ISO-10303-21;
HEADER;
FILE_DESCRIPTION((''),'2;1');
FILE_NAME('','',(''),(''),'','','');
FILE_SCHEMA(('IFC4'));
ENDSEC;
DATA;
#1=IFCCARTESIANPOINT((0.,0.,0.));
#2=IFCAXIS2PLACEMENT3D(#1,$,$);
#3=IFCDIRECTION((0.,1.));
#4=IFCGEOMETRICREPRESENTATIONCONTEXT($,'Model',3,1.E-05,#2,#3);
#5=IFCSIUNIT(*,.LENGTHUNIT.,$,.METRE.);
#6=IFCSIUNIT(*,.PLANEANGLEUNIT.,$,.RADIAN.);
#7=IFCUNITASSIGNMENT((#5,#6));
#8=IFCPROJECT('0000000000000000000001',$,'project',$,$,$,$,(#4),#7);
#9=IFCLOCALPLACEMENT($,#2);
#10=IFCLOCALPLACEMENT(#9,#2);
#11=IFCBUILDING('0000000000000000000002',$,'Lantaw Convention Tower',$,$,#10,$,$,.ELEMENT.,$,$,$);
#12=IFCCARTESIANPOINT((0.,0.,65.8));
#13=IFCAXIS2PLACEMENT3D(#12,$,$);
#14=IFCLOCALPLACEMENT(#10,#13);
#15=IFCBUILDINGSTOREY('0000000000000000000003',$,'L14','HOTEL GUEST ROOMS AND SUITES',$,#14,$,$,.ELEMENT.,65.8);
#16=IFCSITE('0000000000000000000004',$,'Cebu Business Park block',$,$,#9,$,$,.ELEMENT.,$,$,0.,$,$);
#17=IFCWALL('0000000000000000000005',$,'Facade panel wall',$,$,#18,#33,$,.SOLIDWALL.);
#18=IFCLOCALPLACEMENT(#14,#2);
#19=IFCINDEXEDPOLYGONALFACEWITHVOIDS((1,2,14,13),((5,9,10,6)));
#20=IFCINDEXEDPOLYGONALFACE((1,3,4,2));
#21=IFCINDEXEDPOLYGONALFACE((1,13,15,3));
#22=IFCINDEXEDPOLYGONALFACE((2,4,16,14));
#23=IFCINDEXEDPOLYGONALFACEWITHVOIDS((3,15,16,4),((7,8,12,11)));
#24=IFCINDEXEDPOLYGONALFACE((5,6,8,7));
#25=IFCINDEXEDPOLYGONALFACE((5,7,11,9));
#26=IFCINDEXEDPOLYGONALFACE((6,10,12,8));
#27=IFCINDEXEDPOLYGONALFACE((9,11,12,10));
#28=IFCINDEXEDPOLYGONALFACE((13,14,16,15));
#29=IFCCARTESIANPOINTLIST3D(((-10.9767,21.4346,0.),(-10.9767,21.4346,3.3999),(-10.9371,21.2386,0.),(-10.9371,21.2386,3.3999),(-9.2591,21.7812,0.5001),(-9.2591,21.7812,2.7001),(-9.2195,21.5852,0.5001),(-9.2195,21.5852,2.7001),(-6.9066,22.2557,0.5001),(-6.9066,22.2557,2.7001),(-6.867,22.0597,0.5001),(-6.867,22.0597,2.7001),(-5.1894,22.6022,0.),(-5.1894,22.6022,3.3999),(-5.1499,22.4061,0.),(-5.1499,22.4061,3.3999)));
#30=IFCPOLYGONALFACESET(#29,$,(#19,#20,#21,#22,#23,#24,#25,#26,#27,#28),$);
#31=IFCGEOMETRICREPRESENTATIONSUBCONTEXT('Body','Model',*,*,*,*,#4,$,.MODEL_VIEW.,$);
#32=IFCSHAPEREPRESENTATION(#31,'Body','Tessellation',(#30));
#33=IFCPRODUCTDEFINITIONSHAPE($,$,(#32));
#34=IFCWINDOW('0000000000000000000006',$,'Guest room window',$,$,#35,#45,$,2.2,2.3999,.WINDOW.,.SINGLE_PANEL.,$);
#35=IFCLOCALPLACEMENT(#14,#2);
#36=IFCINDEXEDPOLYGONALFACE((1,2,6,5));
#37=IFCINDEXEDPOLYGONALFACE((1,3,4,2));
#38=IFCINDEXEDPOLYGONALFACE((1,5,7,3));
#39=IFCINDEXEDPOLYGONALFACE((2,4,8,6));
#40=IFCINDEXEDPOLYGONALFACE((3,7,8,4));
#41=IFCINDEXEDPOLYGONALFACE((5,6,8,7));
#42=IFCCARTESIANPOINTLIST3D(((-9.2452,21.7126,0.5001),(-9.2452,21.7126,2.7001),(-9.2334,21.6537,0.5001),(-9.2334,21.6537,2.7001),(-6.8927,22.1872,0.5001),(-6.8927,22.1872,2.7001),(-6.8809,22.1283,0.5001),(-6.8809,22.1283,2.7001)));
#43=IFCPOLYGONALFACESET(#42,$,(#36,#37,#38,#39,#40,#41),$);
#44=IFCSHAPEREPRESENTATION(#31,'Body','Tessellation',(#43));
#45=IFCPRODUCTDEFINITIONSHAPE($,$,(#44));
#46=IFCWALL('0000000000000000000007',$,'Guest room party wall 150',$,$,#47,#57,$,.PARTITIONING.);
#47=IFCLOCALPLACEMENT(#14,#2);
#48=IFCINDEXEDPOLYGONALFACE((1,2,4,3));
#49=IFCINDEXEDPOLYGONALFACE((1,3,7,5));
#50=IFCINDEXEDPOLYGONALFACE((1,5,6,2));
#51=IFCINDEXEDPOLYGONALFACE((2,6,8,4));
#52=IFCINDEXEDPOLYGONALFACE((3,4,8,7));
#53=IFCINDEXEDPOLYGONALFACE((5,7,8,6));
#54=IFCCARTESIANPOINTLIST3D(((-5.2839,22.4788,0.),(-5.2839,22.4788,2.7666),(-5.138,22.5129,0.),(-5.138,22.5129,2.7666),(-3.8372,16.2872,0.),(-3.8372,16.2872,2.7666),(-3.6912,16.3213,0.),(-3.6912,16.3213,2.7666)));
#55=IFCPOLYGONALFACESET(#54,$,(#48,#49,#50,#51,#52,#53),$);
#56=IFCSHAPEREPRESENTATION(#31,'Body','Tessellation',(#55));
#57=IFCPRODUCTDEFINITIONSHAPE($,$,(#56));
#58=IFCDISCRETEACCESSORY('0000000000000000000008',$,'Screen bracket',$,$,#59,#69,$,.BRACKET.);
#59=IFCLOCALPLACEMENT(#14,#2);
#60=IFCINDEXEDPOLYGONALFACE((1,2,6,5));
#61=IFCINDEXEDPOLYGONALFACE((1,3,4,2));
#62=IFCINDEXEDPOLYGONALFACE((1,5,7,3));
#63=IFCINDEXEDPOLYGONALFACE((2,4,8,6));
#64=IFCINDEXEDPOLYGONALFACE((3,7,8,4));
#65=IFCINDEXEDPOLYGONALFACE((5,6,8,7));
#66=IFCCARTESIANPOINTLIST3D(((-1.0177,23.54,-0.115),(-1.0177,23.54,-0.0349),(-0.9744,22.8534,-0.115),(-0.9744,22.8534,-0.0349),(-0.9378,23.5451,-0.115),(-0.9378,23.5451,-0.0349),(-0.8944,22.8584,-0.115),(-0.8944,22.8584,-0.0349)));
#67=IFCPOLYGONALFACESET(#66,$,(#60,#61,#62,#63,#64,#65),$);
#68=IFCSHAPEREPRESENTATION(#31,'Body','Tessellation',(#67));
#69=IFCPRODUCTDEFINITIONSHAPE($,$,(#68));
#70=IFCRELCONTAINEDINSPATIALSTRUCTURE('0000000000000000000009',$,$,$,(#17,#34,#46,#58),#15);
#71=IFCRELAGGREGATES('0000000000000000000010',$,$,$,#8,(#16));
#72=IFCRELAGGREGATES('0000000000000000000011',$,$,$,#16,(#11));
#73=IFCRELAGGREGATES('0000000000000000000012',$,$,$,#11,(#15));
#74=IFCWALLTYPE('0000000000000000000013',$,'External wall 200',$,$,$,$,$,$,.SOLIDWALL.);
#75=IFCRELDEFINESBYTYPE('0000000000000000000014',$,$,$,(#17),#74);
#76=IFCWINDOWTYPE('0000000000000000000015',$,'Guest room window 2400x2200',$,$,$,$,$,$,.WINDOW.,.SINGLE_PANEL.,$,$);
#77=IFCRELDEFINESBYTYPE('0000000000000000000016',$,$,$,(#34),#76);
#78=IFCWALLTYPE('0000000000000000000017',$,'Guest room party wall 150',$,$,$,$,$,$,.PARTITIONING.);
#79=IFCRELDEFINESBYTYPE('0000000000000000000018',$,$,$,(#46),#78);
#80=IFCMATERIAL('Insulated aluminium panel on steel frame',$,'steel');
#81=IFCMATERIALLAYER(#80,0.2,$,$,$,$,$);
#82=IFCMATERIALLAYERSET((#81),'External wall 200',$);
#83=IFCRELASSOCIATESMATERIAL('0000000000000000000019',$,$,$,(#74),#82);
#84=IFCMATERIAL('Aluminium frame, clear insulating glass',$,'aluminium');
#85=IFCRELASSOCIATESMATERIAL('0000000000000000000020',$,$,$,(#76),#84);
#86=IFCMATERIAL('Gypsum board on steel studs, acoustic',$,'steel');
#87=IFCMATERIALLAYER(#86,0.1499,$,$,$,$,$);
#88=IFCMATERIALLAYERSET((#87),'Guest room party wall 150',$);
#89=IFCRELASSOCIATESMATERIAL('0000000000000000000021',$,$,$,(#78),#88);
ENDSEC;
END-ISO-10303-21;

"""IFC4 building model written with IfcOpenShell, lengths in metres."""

from ifc_helpers import new_model, si_unit, direction, frame, frame_2d, origin, origin_2d, place, context, subcontext, project, spatial, rectangle, extrude, material, layer, layer_set, type_object, element, fill, save


model = new_model("IFC4")

# Units and contexts
model_context = context("Model", 3, precision=1e-05, world=origin(), true_north=direction((0.0, 1.0)))
body_context = subcontext(model_context, "Body", "Model", "MODEL_VIEW")
ifc_project = project(units=[si_unit("LENGTHUNIT", "METRE"), si_unit("PLANEANGLEUNIT", "RADIAN")], contexts=[model_context])

# Site, building, storey
site_placement = place(None, origin())
site = spatial("IfcSite", under=ifc_project, at=site_placement, Name="Cebu Business Park block", CompositionType="ELEMENT", RefElevation=0.0)
building_placement = place(site_placement, origin())
building = spatial("IfcBuilding", under=site, at=building_placement, Name="Lantaw Convention Tower", CompositionType="ELEMENT")
storey_placement = place(building_placement, frame((0.0, 0.0, 65.8)))
storey = spatial("IfcBuildingStorey", under=building, at=storey_placement, Name="L14", Description="HOTEL GUEST ROOMS AND SUITES", CompositionType="ELEMENT", Elevation=65.8)

# Wall, opening, window
ifc_material_1 = material(Name="Insulated aluminium panel on steel frame", Category="steel")
ifc_layer_1 = layer(ifc_material_1, 0.2)
ifc_layer_set_1 = layer_set([ifc_layer_1], Name="External wall 200")
wall_type_1 = type_object("IfcWallType", Name="External wall 200", PredefinedType="SOLIDWALL", material=ifc_layer_set_1)
wall_1_placement = place(storey_placement, frame((-5.1697, 22.5042, 0.0), z_axis=(0.0, 0.0, 1.0), x_axis=(-0.980252, -0.197754, 0.0)))
wall_1 = element("IfcWall", 1, at=wall_1_placement, inside=storey, type_object=wall_type_1, Name="Facade panel wall", PredefinedType="SOLIDWALL", context=body_context, shape_type="SweptSolid", body=[
    extrude(rectangle(XDim=5.9038, YDim=0.2, at=frame_2d((2.9519, 0.0))), origin(), (0.0, 0.0, 1.0), 3.3999),
])
opening_1_placement = place(wall_1_placement, frame((1.7517, 0.0, 0.5)))
opening_1 = element("IfcOpeningElement", 2, at=opening_1_placement, cuts=wall_1, PredefinedType="OPENING", context=body_context, shape_type="SweptSolid", body=[
    extrude(rectangle(XDim=2.3999, YDim=2.2, at=frame_2d((1.2, 1.1001))), frame((0.0, 0.1099, 0.0), z_axis=(0.0, -1.0, 0.0), x_axis=(1.0, 0.0, 0.0)), (0.0, 0.0, 1.0), 0.22),
])
ifc_material_2 = material(Name="Aluminium frame, clear insulating glass", Category="aluminium")
window_type = type_object("IfcWindowType", Name="Guest room window 2400x2200", PartitioningType="SINGLE_PANEL", PredefinedType="WINDOW", material=ifc_material_2)
window_placement = place(opening_1_placement, origin())
window = element("IfcWindow", 3, at=window_placement, inside=storey, type_object=window_type, Name="Guest room window", OverallHeight=2.2, OverallWidth=2.3999, PartitioningType="SINGLE_PANEL", PredefinedType="WINDOW", context=body_context, shape_type="SweptSolid", body=[
    extrude(rectangle(XDim=2.3999, YDim=2.2, at=frame_2d((1.2, 1.1001))), frame((0.0, 0.03, 0.0), z_axis=(0.0, -1.0, 0.0), x_axis=(1.0, 0.0, 0.0)), (0.0, 0.0, 1.0), 0.0601),
])
fill(opening_1, window)

# Wall
ifc_material_3 = material(Name="Gypsum board on steel studs, acoustic", Category="steel")
ifc_layer_2 = layer(ifc_material_3, 0.1499)
ifc_layer_set_2 = layer_set([ifc_layer_2], Name="Guest room party wall 150")
wall_type_2 = type_object("IfcWallType", Name="Guest room party wall 150", PredefinedType="PARTITIONING", material=ifc_layer_set_2)
wall_2_placement = place(storey_placement, frame((-5.2109, 22.4958, 0.0), z_axis=(0.0, 0.0, 1.0), x_axis=(0.227537, -0.97377, 0.0)))
element("IfcWall", 4, at=wall_2_placement, inside=storey, type_object=wall_type_2, Name="Guest room party wall 150", PredefinedType="PARTITIONING", context=body_context, shape_type="SweptSolid", body=[
    extrude(rectangle(XDim=6.3584, YDim=0.1499, at=frame_2d((3.1792, 0.0))), origin(), (0.0, 0.0, 1.0), 2.7666),
])

# Discrete accessory
discrete_accessory_placement = place(storey_placement, frame((-0.9561, 23.1992, -0.115), z_axis=(0.0, 0.0, 1.0), x_axis=(-0.998016, -0.062958, 0.0)))
element("IfcDiscreteAccessory", 5, at=discrete_accessory_placement, inside=storey, Name="Screen bracket", PredefinedType="BRACKET", context=body_context, shape_type="SweptSolid", body=[
    extrude(rectangle(XDim=0.0801, YDim=0.688, at=origin_2d()), origin(), (0.0, 0.0, 1.0), 0.0801),
])

save(model, "model.ifc")
